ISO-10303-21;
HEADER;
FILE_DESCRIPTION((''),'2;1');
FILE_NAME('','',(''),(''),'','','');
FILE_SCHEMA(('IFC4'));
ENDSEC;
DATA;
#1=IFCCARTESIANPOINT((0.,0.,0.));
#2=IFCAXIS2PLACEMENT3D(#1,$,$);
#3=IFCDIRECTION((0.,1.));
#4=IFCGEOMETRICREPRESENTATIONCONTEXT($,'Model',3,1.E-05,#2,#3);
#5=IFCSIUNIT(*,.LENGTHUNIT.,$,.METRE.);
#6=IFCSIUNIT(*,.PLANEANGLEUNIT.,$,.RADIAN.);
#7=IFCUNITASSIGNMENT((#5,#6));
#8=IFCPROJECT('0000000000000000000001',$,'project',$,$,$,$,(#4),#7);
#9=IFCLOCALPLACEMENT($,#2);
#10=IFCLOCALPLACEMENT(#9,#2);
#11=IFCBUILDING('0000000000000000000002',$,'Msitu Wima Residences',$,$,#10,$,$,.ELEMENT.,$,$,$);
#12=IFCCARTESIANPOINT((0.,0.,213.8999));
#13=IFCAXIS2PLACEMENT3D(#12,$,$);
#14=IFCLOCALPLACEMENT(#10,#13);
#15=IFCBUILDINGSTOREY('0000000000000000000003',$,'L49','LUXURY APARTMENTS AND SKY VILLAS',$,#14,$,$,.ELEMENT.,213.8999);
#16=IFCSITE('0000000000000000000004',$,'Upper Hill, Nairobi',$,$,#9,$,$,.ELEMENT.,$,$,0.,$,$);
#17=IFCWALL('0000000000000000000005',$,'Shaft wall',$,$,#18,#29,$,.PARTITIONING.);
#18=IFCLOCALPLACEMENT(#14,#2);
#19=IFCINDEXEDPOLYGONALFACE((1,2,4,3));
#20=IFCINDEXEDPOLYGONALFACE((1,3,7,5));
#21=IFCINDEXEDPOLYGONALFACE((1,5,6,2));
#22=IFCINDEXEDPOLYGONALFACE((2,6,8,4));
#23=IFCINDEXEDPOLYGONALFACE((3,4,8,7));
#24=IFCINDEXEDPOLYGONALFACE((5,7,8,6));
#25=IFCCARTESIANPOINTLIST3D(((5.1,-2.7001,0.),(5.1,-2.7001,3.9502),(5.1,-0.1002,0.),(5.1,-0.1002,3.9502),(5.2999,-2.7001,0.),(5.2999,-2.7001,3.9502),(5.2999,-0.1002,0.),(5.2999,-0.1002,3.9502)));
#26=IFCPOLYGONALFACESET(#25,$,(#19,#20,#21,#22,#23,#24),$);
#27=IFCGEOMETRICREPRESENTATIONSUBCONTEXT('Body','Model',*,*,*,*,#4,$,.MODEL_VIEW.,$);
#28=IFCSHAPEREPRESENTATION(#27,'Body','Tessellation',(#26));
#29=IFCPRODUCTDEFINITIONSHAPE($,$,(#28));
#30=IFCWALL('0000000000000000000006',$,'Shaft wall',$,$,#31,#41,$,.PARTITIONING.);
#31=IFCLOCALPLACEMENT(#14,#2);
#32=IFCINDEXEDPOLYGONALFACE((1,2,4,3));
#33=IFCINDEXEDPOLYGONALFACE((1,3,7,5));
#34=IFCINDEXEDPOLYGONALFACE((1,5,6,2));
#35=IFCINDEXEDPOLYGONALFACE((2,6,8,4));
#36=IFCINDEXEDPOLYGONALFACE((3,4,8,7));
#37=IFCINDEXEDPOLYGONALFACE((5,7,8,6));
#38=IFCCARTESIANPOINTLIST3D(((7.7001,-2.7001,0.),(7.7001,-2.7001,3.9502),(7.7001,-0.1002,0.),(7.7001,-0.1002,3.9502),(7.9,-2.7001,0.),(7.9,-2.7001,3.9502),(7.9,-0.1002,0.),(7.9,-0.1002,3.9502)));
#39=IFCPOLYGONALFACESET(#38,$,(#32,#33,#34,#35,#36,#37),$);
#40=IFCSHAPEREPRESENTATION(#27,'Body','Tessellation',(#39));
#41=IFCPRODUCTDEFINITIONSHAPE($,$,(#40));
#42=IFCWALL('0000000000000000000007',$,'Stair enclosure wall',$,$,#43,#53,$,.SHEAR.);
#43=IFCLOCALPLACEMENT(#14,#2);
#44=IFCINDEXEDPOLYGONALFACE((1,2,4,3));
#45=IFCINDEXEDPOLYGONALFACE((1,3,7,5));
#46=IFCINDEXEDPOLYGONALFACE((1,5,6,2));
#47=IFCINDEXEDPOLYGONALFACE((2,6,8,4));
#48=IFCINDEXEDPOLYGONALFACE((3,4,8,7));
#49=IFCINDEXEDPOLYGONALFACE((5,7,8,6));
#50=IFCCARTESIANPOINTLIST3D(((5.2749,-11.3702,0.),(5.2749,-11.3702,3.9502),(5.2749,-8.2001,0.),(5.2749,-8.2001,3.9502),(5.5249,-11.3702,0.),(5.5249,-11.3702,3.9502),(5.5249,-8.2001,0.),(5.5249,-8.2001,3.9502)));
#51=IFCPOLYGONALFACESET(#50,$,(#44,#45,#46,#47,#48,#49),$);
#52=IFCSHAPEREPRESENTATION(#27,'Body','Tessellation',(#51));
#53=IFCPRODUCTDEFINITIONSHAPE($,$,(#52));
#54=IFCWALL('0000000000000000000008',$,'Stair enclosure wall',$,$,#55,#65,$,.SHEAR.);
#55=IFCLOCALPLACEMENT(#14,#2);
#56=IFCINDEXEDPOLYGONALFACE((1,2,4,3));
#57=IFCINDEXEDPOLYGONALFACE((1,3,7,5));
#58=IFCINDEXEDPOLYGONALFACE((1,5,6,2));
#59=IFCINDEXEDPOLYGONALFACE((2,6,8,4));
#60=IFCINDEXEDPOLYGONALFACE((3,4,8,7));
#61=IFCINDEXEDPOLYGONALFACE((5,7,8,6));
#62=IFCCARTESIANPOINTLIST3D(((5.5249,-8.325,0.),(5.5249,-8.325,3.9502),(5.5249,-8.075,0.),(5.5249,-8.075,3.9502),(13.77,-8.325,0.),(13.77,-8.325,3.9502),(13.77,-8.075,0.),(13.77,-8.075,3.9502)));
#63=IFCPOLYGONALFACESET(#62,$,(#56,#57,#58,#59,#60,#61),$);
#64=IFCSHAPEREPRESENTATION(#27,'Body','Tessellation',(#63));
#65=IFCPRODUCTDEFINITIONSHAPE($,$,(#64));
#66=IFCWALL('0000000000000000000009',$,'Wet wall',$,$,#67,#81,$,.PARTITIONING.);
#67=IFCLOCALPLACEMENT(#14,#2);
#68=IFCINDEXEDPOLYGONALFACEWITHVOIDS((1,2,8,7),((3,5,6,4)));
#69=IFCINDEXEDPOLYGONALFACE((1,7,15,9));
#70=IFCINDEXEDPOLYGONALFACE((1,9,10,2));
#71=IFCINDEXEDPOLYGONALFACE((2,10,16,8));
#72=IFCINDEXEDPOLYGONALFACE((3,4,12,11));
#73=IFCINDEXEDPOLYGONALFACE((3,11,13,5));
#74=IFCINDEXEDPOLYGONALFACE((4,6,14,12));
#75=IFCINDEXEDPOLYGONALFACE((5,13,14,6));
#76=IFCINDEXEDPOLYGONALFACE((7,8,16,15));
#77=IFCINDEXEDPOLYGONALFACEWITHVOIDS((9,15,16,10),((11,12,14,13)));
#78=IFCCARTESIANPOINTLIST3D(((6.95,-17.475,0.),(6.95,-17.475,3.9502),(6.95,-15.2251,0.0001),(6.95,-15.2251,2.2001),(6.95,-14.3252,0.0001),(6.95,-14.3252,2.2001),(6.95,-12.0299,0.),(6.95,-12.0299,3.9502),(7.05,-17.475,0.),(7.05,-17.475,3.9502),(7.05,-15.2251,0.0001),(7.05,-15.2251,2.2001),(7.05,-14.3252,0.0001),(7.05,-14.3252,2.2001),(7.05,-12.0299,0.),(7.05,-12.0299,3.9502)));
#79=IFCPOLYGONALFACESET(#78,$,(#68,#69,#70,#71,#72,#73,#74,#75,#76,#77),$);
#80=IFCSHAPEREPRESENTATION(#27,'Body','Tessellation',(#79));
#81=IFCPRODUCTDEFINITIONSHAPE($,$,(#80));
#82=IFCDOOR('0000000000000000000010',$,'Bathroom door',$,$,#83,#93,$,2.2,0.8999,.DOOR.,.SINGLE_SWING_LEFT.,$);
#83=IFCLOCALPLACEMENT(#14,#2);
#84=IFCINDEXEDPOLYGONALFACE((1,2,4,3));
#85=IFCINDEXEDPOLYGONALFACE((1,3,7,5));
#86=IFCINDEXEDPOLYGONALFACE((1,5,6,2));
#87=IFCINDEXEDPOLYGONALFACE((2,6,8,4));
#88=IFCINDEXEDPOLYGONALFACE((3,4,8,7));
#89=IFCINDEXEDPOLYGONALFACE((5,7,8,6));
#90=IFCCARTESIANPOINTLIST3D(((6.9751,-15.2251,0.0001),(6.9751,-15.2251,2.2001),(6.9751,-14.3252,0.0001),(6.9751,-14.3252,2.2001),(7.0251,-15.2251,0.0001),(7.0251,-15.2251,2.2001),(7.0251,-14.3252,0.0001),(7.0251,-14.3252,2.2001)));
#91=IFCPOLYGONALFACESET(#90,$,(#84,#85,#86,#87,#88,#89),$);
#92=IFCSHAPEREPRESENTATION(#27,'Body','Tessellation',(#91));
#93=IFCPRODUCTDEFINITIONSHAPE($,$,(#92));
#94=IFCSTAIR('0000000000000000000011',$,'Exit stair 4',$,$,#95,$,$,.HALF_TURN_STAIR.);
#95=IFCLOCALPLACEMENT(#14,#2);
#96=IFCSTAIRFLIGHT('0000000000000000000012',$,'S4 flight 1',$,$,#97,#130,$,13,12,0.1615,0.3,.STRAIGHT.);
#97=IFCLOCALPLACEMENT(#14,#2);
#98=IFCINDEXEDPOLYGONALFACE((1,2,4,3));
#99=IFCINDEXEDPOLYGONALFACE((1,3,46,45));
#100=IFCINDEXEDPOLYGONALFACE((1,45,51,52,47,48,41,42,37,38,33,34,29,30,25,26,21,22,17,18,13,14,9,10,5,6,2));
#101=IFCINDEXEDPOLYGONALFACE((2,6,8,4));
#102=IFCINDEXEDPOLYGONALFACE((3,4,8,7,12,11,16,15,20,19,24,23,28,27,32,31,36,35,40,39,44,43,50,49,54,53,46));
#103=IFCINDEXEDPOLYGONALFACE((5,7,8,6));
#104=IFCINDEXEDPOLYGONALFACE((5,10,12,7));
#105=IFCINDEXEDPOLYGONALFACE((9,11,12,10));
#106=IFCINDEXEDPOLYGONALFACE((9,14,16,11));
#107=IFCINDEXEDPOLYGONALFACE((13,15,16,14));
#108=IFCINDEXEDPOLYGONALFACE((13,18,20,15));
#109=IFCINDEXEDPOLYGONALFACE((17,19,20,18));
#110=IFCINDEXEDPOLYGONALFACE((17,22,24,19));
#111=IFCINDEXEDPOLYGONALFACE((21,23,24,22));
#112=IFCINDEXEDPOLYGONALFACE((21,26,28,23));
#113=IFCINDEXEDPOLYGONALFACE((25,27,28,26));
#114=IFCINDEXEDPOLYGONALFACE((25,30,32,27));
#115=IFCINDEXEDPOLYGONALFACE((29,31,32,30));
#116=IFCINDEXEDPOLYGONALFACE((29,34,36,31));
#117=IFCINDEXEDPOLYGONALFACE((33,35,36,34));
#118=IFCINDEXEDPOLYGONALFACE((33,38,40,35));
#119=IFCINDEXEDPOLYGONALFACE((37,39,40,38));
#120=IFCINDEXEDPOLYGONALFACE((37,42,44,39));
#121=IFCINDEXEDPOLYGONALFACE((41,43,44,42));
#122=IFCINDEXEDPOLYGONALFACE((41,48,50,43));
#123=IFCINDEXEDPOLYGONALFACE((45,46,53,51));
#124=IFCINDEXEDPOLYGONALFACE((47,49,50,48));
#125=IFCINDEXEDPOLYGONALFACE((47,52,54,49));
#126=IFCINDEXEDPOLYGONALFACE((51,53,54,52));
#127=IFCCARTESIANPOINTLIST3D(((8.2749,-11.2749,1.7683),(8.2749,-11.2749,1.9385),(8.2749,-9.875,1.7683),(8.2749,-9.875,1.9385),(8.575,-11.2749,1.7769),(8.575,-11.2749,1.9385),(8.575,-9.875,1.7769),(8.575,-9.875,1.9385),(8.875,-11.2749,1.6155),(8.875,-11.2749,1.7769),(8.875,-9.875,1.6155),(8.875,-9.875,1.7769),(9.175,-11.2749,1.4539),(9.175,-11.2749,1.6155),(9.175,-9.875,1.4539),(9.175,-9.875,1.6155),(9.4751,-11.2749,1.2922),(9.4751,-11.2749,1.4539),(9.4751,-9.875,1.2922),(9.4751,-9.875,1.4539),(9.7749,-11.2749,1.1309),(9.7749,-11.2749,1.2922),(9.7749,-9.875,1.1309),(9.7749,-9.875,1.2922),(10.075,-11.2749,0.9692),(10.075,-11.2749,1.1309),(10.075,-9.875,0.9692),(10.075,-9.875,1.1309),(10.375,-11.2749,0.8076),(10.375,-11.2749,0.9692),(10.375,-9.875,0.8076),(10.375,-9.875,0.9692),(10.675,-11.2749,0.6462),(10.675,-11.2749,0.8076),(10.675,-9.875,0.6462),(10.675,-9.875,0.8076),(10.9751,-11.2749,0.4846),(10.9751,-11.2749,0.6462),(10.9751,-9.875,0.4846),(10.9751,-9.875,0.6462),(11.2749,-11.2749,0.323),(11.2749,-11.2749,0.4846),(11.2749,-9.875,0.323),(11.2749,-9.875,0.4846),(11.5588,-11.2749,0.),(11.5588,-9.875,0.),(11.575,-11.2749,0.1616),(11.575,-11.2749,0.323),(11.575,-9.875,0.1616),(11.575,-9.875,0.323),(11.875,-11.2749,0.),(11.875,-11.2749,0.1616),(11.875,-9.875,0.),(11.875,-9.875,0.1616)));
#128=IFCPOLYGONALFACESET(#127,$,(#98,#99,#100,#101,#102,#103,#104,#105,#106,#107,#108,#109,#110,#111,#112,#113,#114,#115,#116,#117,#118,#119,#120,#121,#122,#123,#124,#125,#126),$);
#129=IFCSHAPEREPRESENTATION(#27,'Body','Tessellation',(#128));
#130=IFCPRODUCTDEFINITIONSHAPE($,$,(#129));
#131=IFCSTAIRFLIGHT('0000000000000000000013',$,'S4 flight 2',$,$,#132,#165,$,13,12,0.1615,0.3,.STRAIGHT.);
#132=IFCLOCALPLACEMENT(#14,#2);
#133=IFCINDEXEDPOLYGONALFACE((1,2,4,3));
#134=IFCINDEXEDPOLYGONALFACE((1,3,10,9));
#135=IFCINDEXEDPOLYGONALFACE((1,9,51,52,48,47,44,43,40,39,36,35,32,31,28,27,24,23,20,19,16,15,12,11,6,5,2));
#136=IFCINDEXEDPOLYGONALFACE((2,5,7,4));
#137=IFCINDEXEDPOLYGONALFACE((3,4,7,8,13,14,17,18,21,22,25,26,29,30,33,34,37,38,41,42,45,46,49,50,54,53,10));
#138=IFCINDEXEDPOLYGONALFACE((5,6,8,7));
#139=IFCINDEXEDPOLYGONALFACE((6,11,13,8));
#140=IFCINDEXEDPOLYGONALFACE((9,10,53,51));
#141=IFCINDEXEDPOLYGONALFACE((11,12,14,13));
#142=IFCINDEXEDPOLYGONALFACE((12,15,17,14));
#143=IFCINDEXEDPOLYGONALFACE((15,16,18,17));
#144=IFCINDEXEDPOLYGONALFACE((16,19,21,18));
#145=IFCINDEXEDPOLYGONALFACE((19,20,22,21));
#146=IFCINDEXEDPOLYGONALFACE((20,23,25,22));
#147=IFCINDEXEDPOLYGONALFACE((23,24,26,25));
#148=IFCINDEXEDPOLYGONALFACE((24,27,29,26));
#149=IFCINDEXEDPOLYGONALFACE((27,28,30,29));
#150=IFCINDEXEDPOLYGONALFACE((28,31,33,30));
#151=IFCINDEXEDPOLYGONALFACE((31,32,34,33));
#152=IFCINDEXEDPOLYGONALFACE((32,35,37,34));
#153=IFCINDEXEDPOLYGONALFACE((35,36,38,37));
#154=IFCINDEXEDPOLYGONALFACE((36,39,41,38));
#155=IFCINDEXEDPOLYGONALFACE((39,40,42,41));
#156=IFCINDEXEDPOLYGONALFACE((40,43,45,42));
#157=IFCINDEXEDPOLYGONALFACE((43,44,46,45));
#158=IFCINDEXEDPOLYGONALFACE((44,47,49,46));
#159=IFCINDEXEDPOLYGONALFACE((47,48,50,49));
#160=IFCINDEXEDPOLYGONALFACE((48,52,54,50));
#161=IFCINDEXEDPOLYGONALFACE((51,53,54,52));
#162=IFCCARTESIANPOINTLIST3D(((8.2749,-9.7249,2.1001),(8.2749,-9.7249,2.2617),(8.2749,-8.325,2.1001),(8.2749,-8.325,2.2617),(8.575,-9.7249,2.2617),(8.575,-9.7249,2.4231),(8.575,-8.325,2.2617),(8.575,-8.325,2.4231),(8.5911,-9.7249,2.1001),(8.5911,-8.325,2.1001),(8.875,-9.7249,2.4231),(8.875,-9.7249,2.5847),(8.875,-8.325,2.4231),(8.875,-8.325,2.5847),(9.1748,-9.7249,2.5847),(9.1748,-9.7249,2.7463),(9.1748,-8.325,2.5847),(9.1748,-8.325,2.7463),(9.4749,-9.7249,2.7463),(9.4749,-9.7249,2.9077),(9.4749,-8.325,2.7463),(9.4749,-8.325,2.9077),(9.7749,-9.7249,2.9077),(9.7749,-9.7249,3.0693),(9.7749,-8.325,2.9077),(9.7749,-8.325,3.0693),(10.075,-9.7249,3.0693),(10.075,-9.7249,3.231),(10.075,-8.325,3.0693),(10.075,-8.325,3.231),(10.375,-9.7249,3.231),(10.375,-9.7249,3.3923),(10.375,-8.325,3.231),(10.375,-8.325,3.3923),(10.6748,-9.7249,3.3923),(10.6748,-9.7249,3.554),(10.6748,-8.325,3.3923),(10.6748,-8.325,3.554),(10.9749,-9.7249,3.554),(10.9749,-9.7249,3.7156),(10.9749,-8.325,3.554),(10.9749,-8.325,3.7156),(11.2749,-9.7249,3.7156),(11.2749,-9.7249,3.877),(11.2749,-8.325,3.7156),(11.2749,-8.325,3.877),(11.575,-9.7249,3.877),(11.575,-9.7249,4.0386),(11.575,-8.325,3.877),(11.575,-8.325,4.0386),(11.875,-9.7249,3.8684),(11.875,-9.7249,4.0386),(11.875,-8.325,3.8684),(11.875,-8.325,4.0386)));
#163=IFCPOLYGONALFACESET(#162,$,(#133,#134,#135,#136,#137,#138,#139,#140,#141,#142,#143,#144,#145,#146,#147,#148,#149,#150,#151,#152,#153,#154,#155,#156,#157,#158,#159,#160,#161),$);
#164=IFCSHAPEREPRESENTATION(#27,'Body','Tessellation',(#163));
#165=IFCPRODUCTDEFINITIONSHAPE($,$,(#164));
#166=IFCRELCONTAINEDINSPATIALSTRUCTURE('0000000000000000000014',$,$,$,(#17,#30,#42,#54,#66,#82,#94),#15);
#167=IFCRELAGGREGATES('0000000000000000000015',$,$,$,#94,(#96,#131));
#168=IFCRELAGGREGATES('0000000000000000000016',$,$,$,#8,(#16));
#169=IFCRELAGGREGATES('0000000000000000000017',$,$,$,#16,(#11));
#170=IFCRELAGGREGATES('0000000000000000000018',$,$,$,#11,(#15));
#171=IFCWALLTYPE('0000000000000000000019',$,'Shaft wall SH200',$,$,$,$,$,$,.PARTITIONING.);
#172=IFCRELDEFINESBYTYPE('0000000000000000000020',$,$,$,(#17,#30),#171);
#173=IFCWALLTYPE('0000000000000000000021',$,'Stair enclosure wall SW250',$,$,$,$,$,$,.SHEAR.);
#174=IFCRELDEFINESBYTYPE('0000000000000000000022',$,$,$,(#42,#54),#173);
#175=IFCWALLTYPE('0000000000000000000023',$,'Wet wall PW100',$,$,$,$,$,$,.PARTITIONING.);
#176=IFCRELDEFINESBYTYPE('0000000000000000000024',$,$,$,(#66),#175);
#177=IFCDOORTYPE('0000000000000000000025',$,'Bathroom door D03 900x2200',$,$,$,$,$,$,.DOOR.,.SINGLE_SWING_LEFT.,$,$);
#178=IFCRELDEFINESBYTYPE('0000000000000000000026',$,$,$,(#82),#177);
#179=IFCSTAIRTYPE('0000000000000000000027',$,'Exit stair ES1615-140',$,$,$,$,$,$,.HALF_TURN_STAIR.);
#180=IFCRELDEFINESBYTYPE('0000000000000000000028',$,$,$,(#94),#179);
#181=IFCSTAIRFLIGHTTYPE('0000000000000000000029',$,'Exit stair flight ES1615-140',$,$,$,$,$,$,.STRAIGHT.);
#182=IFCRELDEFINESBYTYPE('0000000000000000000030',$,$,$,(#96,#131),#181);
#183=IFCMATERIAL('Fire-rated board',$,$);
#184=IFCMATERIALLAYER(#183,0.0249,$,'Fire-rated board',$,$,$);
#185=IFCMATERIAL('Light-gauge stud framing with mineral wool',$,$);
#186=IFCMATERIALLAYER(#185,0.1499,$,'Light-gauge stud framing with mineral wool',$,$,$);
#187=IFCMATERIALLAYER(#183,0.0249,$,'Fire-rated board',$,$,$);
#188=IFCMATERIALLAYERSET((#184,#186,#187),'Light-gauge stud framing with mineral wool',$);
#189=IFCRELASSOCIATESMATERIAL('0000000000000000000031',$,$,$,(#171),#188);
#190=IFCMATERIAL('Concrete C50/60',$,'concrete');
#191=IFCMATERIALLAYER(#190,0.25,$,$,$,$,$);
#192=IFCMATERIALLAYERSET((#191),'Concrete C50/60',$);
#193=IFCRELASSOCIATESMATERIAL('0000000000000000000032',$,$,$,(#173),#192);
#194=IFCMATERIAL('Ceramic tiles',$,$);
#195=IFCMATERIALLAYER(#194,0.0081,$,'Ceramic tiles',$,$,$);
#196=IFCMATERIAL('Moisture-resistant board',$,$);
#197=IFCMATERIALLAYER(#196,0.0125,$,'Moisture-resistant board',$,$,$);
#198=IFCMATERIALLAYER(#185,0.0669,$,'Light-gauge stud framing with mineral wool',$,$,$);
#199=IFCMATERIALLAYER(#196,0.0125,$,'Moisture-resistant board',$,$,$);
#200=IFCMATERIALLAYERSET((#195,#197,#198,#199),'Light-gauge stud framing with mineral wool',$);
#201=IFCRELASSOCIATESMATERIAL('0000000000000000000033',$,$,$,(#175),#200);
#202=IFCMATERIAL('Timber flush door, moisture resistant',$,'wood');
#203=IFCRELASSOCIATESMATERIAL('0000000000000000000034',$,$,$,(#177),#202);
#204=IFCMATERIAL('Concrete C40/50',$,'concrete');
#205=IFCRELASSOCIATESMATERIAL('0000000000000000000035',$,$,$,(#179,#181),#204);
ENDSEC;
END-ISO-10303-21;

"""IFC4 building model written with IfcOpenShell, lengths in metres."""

from ifc_helpers import new_model, si_unit, direction, frame, frame_2d, origin, place, context, subcontext, project, spatial, polyline, rectangle, outline, extrude, material, layer, layer_set, type_object, element, fill, aggregate, save


model = new_model("IFC4")

# Units and contexts
model_context = context("Model", 3, precision=1e-05, world=origin(), true_north=direction((0.0, 1.0)))
body_context = subcontext(model_context, "Body", "Model", "MODEL_VIEW")
ifc_project = project(units=[si_unit("LENGTHUNIT", "METRE"), si_unit("PLANEANGLEUNIT", "RADIAN")], contexts=[model_context])

# Site, building, storey
site_placement = place(None, origin())
site = spatial("IfcSite", under=ifc_project, at=site_placement, Name="Upper Hill, Nairobi", CompositionType="ELEMENT", RefElevation=0.0)
building_placement = place(site_placement, origin())
building = spatial("IfcBuilding", under=site, at=building_placement, Name="Msitu Wima Residences", CompositionType="ELEMENT")
storey_placement = place(building_placement, frame((0.0, 0.0, 213.8999)))
storey = spatial("IfcBuildingStorey", under=building, at=storey_placement, Name="L49", Description="LUXURY APARTMENTS AND SKY VILLAS", CompositionType="ELEMENT", Elevation=213.8999)

# Shared definitions
ifc_material_1 = material(Name="Concrete C40/50", Category="concrete")

# Walls
ifc_material_2 = material(Name="Fire-rated board")
ifc_layer_1 = layer(ifc_material_2, 0.0249, Name="Fire-rated board")
ifc_material_3 = material(Name="Light-gauge stud framing with mineral wool")
ifc_layer_2 = layer(ifc_material_3, 0.1499, Name="Light-gauge stud framing with mineral wool")
ifc_layer_3 = layer(ifc_material_2, 0.0249, Name="Fire-rated board")
ifc_layer_set_1 = layer_set([ifc_layer_1, ifc_layer_2, ifc_layer_3], Name="Light-gauge stud framing with mineral wool")
wall_type_1 = type_object("IfcWallType", Name="Shaft wall SH200", PredefinedType="PARTITIONING", material=ifc_layer_set_1)
for number, where, z_axis, x_axis, name in (
    (1, (5.2, -2.7, 0.0), (0.0, 0.0, 1.0), (0.0, 1.0, 0.0), "Shaft wall"),
    (2, (7.8, -2.7, 0.0), (0.0, 0.0, 1.0), (0.0, 1.0, 0.0), "Shaft wall"),
):
    element("IfcWall", number, at=place(storey_placement, frame(where, z_axis=z_axis, x_axis=x_axis)), inside=storey, type_object=wall_type_1, Name=name, PredefinedType="PARTITIONING", context=body_context, shape_type="SweptSolid", body=[
        extrude(rectangle(XDim=2.5999, YDim=0.2, at=frame_2d((1.2998, 0.0))), origin(), (0.0, 0.0, 1.0), 3.9502),
    ])
ifc_material_4 = material(Name="Concrete C50/60", Category="concrete")
ifc_layer_4 = layer(ifc_material_4, 0.25)
ifc_layer_set_2 = layer_set([ifc_layer_4], Name="Concrete C50/60")
wall_type_2 = type_object("IfcWallType", Name="Stair enclosure wall SW250", PredefinedType="SHEAR", material=ifc_layer_set_2)
wall_1_placement = place(storey_placement, frame((5.3999, -11.3701, 0.0), z_axis=(0.0, 0.0, 1.0), x_axis=(0.0, 1.0, 0.0)))
element("IfcWall", 3, at=wall_1_placement, inside=storey, type_object=wall_type_2, Name="Stair enclosure wall", PredefinedType="SHEAR", context=body_context, shape_type="SweptSolid", body=[
    extrude(rectangle(XDim=3.1702, YDim=0.25, at=frame_2d((1.585, 0.0))), origin(), (0.0, 0.0, 1.0), 3.9502),
])
wall_2_placement = place(storey_placement, frame((5.5249, -8.2, 0.0), z_axis=(0.0, 0.0, 1.0), x_axis=(1.0, 0.0, 0.0)))
element("IfcWall", 4, at=wall_2_placement, inside=storey, type_object=wall_type_2, Name="Stair enclosure wall", PredefinedType="SHEAR", context=body_context, shape_type="SweptSolid", body=[
    extrude(rectangle(XDim=8.2451, YDim=0.25, at=frame_2d((4.1226, 0.0))), origin(), (0.0, 0.0, 1.0), 3.9502),
])

# Wall, opening, door
ifc_material_5 = material(Name="Ceramic tiles")
ifc_layer_5 = layer(ifc_material_5, 0.0081, Name="Ceramic tiles")
ifc_material_6 = material(Name="Moisture-resistant board")
ifc_layer_6 = layer(ifc_material_6, 0.0125, Name="Moisture-resistant board")
ifc_layer_7 = layer(ifc_material_3, 0.0669, Name="Light-gauge stud framing with mineral wool")
ifc_layer_8 = layer(ifc_material_6, 0.0125, Name="Moisture-resistant board")
ifc_layer_set_3 = layer_set([ifc_layer_5, ifc_layer_6, ifc_layer_7, ifc_layer_8], Name="Light-gauge stud framing with mineral wool")
wall_type_3 = type_object("IfcWallType", Name="Wet wall PW100", PredefinedType="PARTITIONING", material=ifc_layer_set_3)
wall_3_placement = place(storey_placement, frame((7.0, -17.4751, 0.0), z_axis=(0.0, 0.0, 1.0), x_axis=(0.0, 1.0, 0.0)))
wall_3 = element("IfcWall", 5, at=wall_3_placement, inside=storey, type_object=wall_type_3, Name="Wet wall", PredefinedType="PARTITIONING", context=body_context, shape_type="SweptSolid", body=[
    extrude(rectangle(XDim=5.4451, YDim=0.1001, at=frame_2d((2.7227, 0.0))), origin(), (0.0, 0.0, 1.0), 3.9502),
])
opening_1_placement = place(wall_3_placement, frame((2.25, 0.0, 0.0)))
opening_1 = element("IfcOpeningElement", 6, at=opening_1_placement, cuts=wall_3, PredefinedType="OPENING", context=body_context, shape_type="SweptSolid", body=[
    extrude(rectangle(XDim=0.8999, YDim=2.2, at=frame_2d((0.45, 1.1001))), frame((0.0, 0.0601, 0.0), z_axis=(0.0, -1.0, 0.0), x_axis=(1.0, 0.0, 0.0)), (0.0, 0.0, 1.0), 0.1201),
])
ifc_material_7 = material(Name="Timber flush door, moisture resistant", Category="wood")
door_type_1 = type_object("IfcDoorType", Name="Bathroom door D03 900x2200", OperationType="SINGLE_SWING_LEFT", PredefinedType="DOOR", material=ifc_material_7)
door_1_placement = place(opening_1_placement, origin())
door_1 = element("IfcDoor", 7, at=door_1_placement, inside=storey, type_object=door_type_1, Name="Bathroom door", OperationType="SINGLE_SWING_LEFT", OverallHeight=2.2, OverallWidth=0.8999, PredefinedType="DOOR", context=body_context, shape_type="SweptSolid", body=[
    extrude(rectangle(XDim=0.8999, YDim=2.2, at=frame_2d((0.45, 1.1001))), frame((0.0, 0.0249, 0.0), z_axis=(0.0, -1.0, 0.0), x_axis=(1.0, 0.0, 0.0)), (0.0, 0.0, 1.0), 0.05),
])
fill(opening_1, door_1)

# Stair, stair flights
stair_type = type_object("IfcStairType", Name="Exit stair ES1615-140", PredefinedType="HALF_TURN_STAIR", material=ifc_material_1)
stair_placement = place(storey_placement, origin())
stair = element("IfcStair", 8, at=stair_placement, inside=storey, type_object=stair_type, Name="Exit stair 4", PredefinedType="HALF_TURN_STAIR")
stair_flight_type = type_object("IfcStairFlightType", Name="Exit stair flight ES1615-140", PredefinedType="STRAIGHT", material=ifc_material_1)
stair_flight_1_placement = place(storey_placement, frame((11.875, -10.575, 0.0), z_axis=(0.0, 0.0, 1.0), x_axis=(-1.0, 0.0, 0.0)))
stair_flight_1 = element("IfcStairFlight", 9, at=stair_flight_1_placement, type_object=stair_flight_type, Name="S4 flight 1", NumberOfRisers=13, NumberOfTreads=12, PredefinedType="STRAIGHT", RiserHeight=0.1615, TreadLength=0.3, context=body_context, shape_type="SweptSolid", body=[
    extrude(outline(polyline([(0.0, 0.0), (0.0, 0.1616), (0.3, 0.1616), (0.3, 0.323), (0.6001, 0.323), (0.6001, 0.4846), (0.8999, 0.4846), (0.8999, 0.6462), (1.2, 0.6462), (1.2, 0.8076), (1.5, 0.8076), (1.5, 0.9692), (1.8, 0.9692), (1.8, 1.1309), (2.1001, 1.1309), (2.1001, 1.2922), (2.3999, 1.2922), (2.3999, 1.4539), (2.7, 1.4539), (2.7, 1.6155), (3.0, 1.6155), (3.0, 1.7769), (3.3, 1.7769), (3.3, 1.9385), (3.6001, 1.9385), (3.6001, 2.1001), (3.6001, 1.7683), (0.3162, 0.0), (0.0, 0.0)])), frame((0.0, 0.7, 0.0), z_axis=(0.0, -1.0, 0.0), x_axis=(1.0, 0.0, 0.0)), (0.0, 0.0, 1.0), 1.3999),
])
stair_flight_2_placement = place(storey_placement, frame((8.2749, -9.0249, 2.1001), z_axis=(0.0, 0.0, 1.0), x_axis=(1.0, 0.0, 0.0)))
stair_flight_2 = element("IfcStairFlight", 10, at=stair_flight_2_placement, type_object=stair_flight_type, Name="S4 flight 2", NumberOfRisers=13, NumberOfTreads=12, PredefinedType="STRAIGHT", RiserHeight=0.1615, TreadLength=0.3, context=body_context, shape_type="SweptSolid", body=[
    extrude(outline(polyline([(0.0, 0.0), (0.0, 0.1616), (0.3, 0.1616), (0.3, 0.323), (0.6001, 0.323), (0.6001, 0.4846), (0.8999, 0.4846), (0.8999, 0.6462), (1.2, 0.6462), (1.2, 0.8076), (1.5, 0.8076), (1.5, 0.9692), (1.8, 0.9692), (1.8, 1.1309), (2.1001, 1.1309), (2.1001, 1.2922), (2.3999, 1.2922), (2.3999, 1.4539), (2.7, 1.4539), (2.7, 1.6155), (3.0, 1.6155), (3.0, 1.7769), (3.3, 1.7769), (3.3, 1.9385), (3.6001, 1.9385), (3.6001, 2.1001), (3.6001, 1.7683), (0.3162, 0.0), (0.0, 0.0)])), frame((0.0, 0.7, 0.0), z_axis=(0.0, -1.0, 0.0), x_axis=(1.0, 0.0, 0.0)), (0.0, 0.0, 1.0), 1.3999),
])
aggregate(stair, [stair_flight_1, stair_flight_2])

save(model, "model.ifc")
